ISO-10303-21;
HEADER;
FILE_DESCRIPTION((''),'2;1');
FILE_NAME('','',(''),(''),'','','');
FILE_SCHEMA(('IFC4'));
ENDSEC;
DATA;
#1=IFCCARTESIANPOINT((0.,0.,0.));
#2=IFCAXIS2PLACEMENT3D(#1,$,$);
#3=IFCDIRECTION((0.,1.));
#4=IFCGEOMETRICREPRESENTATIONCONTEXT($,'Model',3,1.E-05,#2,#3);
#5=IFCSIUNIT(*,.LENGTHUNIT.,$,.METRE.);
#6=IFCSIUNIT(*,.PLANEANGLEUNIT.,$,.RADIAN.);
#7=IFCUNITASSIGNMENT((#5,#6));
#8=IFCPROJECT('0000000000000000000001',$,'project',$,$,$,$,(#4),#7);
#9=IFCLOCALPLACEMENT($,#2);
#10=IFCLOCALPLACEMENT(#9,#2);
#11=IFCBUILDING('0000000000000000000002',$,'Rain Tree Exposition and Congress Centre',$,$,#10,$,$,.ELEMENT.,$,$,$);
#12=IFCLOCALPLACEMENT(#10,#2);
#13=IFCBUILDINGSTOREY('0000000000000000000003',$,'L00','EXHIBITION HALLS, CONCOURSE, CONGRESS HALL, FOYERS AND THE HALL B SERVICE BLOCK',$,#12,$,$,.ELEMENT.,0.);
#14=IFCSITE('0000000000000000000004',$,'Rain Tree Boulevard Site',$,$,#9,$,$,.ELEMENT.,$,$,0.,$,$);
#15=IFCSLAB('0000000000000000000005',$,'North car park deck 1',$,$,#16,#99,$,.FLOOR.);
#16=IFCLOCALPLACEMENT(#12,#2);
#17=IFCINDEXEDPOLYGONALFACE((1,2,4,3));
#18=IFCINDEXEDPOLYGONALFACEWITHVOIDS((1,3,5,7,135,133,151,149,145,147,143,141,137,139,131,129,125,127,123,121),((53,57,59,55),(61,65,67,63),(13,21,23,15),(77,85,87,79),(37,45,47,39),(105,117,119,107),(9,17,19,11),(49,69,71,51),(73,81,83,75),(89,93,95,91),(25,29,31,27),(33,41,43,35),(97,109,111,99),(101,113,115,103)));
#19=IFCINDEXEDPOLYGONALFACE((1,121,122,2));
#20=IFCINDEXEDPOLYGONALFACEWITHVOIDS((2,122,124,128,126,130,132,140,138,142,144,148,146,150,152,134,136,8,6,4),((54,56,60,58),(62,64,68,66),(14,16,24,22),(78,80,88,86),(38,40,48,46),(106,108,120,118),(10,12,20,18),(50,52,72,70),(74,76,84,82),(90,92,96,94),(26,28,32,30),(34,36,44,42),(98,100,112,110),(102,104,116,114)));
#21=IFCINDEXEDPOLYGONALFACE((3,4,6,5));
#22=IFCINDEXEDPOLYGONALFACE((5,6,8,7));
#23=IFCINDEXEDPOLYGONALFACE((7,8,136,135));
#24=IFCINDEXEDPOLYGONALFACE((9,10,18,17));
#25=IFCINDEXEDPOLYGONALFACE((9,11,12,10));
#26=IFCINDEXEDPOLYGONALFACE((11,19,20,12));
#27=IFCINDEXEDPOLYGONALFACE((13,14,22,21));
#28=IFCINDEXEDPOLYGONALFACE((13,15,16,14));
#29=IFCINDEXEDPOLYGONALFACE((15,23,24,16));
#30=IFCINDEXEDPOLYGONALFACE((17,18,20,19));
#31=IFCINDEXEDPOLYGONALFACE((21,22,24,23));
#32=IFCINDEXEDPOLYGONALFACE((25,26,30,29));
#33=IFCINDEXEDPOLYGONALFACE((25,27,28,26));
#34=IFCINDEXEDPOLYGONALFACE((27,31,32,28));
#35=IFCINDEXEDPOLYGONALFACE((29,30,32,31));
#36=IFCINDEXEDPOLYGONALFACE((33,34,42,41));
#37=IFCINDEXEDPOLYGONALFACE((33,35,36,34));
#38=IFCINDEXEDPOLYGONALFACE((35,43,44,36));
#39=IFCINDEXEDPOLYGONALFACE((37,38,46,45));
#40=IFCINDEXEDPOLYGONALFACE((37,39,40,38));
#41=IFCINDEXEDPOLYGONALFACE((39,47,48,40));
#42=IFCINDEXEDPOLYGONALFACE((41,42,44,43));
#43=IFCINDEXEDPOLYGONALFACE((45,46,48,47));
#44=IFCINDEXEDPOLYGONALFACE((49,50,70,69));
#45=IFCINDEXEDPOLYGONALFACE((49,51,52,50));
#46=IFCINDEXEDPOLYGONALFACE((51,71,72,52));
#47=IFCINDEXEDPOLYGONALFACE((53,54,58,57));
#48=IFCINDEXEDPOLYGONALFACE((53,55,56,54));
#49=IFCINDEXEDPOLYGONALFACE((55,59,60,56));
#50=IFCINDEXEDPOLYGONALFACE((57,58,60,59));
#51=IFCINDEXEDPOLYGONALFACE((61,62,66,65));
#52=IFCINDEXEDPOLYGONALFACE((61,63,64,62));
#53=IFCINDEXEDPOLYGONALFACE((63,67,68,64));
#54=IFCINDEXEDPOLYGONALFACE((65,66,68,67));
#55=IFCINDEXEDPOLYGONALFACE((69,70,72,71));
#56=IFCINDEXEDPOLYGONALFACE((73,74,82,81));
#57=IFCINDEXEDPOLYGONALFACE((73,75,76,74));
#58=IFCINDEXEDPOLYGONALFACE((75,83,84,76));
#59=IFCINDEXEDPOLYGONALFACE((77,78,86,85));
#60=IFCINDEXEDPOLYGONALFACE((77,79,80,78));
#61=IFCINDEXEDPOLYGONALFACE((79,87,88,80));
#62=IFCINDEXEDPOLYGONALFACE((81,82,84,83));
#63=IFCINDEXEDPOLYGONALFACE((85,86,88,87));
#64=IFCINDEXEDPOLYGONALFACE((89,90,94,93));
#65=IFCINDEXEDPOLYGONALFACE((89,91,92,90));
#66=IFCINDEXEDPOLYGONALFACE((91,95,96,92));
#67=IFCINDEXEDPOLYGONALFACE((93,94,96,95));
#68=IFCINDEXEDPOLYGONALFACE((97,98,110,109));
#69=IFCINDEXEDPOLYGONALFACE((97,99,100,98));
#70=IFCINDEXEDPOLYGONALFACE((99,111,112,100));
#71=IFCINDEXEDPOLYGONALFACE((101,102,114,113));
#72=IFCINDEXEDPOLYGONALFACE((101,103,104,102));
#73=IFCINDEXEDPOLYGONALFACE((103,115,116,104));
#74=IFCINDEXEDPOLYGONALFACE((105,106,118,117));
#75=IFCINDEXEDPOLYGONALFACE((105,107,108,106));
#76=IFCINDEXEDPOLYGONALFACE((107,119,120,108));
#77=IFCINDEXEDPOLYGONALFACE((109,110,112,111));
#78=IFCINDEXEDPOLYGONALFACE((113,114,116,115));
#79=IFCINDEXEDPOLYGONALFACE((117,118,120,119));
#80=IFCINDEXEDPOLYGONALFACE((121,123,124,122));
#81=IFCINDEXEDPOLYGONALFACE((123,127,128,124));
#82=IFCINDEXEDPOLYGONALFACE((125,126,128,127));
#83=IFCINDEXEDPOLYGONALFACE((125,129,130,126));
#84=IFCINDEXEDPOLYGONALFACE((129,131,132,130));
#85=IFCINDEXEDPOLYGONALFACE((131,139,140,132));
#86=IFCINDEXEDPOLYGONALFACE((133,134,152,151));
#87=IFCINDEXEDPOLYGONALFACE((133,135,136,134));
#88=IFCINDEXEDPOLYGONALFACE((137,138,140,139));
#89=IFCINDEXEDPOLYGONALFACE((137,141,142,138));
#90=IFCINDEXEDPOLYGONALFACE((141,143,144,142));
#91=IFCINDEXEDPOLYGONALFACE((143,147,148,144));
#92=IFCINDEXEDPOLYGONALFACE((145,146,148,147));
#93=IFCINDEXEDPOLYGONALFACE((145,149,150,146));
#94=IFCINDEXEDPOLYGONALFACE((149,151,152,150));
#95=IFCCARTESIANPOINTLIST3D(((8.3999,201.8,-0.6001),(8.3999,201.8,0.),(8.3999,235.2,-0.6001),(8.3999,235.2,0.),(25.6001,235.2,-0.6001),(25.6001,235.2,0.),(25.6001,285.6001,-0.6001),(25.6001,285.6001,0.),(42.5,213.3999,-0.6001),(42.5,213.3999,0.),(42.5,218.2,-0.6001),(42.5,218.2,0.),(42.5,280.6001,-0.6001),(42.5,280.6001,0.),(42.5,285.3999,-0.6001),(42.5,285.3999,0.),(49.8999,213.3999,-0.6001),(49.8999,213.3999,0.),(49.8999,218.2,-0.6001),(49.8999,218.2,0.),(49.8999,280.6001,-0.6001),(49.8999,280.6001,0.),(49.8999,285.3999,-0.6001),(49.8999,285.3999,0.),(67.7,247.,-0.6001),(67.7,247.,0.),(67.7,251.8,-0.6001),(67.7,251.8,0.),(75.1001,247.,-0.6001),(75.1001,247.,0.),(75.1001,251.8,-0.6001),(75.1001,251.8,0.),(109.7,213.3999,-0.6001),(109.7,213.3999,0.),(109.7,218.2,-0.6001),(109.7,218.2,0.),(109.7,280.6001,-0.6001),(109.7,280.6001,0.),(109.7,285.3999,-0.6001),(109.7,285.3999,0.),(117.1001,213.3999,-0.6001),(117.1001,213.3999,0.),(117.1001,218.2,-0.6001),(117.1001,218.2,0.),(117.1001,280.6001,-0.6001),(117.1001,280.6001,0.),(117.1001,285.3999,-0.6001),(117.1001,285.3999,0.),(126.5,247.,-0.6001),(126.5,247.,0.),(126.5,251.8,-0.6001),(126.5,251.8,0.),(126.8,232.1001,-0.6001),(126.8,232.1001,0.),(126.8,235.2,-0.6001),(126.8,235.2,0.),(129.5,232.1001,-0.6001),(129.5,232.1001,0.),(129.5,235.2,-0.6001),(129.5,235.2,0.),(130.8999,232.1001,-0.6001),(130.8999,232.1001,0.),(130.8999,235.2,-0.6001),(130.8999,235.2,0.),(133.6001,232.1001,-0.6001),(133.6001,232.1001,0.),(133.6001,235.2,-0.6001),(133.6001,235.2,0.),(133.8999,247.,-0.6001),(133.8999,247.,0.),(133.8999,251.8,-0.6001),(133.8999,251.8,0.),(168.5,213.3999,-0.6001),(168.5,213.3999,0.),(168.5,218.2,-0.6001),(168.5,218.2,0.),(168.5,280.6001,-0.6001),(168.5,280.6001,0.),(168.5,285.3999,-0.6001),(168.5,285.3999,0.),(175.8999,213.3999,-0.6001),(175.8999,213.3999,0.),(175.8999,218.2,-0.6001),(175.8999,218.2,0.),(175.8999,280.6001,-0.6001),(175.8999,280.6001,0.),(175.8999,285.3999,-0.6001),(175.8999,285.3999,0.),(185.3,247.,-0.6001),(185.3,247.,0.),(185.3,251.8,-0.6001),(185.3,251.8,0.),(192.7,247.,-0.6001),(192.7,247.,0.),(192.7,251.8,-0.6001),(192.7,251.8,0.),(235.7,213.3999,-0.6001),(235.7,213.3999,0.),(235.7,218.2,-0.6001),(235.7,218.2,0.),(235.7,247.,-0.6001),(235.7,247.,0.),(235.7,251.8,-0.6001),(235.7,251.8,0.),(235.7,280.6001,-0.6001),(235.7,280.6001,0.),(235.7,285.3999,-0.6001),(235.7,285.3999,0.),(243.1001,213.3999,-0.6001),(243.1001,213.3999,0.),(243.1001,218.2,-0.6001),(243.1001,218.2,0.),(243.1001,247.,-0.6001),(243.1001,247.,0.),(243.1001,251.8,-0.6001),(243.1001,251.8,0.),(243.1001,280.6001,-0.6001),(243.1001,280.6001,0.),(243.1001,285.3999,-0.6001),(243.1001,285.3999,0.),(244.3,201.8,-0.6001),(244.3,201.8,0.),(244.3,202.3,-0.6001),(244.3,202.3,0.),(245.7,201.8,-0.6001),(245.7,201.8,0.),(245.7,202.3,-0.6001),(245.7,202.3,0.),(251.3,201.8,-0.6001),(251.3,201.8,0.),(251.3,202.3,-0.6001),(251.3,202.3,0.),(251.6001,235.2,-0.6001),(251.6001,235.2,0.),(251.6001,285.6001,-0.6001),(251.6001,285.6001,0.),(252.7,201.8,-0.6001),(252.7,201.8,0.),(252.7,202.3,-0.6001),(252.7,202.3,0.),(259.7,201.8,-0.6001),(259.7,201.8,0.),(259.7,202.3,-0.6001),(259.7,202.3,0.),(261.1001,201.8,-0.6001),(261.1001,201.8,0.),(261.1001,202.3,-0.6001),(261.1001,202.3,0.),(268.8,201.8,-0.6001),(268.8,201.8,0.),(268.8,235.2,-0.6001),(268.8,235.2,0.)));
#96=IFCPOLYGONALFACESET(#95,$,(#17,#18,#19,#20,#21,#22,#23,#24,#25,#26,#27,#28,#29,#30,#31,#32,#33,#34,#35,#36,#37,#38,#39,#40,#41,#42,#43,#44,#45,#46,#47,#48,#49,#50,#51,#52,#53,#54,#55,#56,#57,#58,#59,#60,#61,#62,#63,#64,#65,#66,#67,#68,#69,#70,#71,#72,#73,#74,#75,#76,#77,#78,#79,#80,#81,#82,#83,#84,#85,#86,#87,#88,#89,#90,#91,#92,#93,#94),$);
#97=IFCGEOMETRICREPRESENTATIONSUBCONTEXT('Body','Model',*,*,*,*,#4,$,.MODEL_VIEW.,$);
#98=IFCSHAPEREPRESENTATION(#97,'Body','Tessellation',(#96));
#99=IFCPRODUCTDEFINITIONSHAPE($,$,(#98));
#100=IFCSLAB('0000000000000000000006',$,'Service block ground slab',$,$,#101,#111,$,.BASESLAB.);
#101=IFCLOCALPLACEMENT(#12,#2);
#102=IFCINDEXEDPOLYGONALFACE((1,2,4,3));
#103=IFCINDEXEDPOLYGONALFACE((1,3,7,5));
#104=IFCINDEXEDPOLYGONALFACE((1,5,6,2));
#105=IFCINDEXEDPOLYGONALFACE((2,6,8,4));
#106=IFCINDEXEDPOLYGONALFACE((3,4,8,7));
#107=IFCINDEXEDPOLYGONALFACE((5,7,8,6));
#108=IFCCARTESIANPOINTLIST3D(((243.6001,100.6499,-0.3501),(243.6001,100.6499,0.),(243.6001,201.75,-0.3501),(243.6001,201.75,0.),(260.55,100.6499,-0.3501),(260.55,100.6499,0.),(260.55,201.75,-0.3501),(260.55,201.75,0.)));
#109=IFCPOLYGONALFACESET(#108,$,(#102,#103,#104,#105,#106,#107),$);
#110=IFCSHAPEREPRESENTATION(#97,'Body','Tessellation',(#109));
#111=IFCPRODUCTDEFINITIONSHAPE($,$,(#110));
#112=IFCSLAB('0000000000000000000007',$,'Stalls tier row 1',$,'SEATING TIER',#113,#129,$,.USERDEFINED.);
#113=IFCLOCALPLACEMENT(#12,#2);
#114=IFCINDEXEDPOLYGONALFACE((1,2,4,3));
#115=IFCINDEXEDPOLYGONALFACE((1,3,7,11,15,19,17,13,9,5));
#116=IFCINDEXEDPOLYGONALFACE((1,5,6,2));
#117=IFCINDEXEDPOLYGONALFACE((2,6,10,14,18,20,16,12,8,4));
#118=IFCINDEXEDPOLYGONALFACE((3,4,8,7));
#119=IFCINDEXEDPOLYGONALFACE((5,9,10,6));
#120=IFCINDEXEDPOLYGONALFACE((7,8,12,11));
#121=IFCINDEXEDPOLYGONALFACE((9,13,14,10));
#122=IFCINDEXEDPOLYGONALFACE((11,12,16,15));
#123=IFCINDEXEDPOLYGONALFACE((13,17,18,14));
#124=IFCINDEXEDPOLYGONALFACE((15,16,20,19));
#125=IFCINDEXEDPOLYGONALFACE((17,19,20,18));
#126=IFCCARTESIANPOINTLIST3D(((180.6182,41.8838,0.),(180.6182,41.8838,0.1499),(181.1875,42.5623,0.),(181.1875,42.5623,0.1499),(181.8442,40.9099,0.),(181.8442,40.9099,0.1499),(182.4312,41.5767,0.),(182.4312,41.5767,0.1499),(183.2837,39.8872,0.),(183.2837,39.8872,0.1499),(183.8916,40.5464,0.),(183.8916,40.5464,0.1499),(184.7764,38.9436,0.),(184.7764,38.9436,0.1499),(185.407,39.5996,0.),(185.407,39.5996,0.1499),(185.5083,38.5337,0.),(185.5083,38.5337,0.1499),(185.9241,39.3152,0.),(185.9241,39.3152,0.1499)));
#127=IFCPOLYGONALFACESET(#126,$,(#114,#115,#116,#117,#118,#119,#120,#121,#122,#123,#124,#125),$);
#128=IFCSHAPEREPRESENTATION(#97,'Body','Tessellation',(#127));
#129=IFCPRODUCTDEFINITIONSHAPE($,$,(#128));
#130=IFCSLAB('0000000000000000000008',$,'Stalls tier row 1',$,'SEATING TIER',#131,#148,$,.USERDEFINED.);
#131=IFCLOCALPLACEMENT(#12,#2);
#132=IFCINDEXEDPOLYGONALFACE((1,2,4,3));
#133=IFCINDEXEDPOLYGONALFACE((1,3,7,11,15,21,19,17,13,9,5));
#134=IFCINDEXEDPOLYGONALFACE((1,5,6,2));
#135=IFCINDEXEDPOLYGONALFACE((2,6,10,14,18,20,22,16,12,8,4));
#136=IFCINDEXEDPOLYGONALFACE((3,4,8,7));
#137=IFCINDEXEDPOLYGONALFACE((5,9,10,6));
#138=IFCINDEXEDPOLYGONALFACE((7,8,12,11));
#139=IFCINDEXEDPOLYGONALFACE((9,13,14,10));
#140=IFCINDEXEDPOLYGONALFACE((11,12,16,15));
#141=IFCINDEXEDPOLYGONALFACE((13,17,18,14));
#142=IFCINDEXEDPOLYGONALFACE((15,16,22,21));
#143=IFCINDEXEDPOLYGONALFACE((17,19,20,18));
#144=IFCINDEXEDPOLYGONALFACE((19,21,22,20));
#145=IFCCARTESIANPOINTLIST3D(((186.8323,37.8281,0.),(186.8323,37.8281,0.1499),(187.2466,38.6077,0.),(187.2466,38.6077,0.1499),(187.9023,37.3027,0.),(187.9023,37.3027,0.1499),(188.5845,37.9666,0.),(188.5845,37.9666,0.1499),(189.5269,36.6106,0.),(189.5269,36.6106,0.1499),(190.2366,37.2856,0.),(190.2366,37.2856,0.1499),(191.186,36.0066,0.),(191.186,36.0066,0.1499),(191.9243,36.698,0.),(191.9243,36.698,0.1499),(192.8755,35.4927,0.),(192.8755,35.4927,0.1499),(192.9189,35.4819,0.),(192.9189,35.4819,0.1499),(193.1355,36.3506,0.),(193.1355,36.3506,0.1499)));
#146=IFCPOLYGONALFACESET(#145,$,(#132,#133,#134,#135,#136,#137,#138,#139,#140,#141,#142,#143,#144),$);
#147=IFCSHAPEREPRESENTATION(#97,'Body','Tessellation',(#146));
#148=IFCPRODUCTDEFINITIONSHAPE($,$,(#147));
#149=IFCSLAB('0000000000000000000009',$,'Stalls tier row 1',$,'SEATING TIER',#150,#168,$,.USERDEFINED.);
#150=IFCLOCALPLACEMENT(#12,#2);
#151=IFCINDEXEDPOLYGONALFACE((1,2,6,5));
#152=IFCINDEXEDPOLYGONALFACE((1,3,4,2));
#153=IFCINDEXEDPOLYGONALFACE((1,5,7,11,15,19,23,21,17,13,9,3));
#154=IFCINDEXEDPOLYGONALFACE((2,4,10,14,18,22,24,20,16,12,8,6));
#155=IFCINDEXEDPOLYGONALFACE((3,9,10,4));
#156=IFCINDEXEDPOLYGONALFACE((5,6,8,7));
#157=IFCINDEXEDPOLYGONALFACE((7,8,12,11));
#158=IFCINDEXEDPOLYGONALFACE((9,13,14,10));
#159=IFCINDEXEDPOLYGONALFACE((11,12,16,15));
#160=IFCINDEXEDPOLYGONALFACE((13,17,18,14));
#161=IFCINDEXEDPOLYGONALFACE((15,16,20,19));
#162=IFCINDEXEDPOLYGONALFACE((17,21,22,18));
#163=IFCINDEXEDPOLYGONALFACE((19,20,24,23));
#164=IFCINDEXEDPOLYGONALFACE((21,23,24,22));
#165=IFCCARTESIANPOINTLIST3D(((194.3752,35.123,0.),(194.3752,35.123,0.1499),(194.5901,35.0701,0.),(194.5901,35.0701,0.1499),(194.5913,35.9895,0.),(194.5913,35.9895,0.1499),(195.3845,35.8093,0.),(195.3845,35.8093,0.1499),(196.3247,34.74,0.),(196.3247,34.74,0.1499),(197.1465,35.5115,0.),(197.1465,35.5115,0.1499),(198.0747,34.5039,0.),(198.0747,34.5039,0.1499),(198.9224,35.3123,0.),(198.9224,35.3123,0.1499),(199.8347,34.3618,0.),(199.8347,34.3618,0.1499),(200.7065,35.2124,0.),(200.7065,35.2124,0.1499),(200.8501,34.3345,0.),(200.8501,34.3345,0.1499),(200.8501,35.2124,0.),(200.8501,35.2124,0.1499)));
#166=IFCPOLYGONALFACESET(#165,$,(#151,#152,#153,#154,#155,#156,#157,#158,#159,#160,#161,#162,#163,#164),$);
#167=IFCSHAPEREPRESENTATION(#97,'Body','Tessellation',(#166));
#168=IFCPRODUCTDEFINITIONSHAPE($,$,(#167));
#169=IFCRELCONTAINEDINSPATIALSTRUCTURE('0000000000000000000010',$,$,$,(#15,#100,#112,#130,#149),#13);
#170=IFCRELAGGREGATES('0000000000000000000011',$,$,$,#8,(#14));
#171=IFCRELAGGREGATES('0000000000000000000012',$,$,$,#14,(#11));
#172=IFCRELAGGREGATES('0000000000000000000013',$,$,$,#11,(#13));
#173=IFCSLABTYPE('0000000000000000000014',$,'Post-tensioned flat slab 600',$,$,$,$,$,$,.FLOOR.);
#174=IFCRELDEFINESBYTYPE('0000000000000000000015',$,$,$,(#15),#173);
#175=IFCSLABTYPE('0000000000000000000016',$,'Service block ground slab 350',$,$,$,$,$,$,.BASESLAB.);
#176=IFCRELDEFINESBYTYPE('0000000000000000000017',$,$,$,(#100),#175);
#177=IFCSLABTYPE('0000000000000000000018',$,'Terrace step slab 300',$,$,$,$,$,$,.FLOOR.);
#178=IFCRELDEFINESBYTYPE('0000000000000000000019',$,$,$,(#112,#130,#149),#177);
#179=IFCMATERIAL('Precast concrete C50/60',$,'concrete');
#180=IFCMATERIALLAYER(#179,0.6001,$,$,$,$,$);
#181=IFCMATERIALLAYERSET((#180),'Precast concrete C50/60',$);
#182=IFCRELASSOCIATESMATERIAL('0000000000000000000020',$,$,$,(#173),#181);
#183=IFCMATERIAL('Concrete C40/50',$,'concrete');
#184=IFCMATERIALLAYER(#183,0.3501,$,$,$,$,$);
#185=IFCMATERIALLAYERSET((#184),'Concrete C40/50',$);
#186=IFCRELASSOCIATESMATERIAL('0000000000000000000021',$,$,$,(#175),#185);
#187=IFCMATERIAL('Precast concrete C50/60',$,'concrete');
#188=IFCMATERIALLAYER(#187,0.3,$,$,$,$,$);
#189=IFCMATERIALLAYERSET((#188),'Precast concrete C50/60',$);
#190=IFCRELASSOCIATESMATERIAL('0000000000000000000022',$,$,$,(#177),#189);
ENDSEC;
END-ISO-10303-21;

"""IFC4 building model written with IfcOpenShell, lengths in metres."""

from ifc_helpers import new_model, si_unit, direction, frame, origin, place, context, subcontext, project, spatial, polyline, outline, extrude, material, layer, layer_set, type_object, element, save


model = new_model("IFC4")

# Units and contexts
model_context = context("Model", 3, precision=1e-05, world=origin(), true_north=direction((0.0, 1.0)))
body_context = subcontext(model_context, "Body", "Model", "MODEL_VIEW")
ifc_project = project(units=[si_unit("LENGTHUNIT", "METRE"), si_unit("PLANEANGLEUNIT", "RADIAN")], contexts=[model_context])

# Site, building, storey
site_placement = place(None, origin())
site = spatial("IfcSite", under=ifc_project, at=site_placement, Name="Rain Tree Boulevard Site", CompositionType="ELEMENT", RefElevation=0.0)
building_placement = place(site_placement, origin())
building = spatial("IfcBuilding", under=site, at=building_placement, Name="Rain Tree Exposition and Congress Centre", CompositionType="ELEMENT")
storey_placement = place(building_placement, origin())
storey = spatial("IfcBuildingStorey", under=building, at=storey_placement, Name="L00", Description="EXHIBITION HALLS, CONCOURSE, CONGRESS HALL, FOYERS AND THE HALL B SERVICE BLOCK", CompositionType="ELEMENT", Elevation=0.0)

# Slabs
ifc_material_1 = material(Name="Precast concrete C50/60", Category="concrete")
ifc_layer_1 = layer(ifc_material_1, 0.6001)
ifc_layer_set_1 = layer_set([ifc_layer_1], Name="Precast concrete C50/60")
slab_type_1 = type_object("IfcSlabType", Name="Post-tensioned flat slab 600", PredefinedType="FLOOR", material=ifc_layer_set_1)
slab_1_placement = place(storey_placement, frame((0.0, 0.0, -0.6001)))
element("IfcSlab", 1, at=slab_1_placement, inside=storey, type_object=slab_type_1, Name="North car park deck 1", PredefinedType="FLOOR", context=body_context, shape_type="SweptSolid", body=[
    extrude(outline(polyline([(8.3999, 201.8), (244.3, 201.8), (244.3, 202.3), (245.7, 202.3), (245.7, 201.8), (251.3, 201.8), (251.3, 202.3), (252.7, 202.3), (252.7, 201.8), (259.7, 201.8), (259.7, 202.3), (261.1001, 202.3), (261.1001, 201.8), (268.8, 201.8), (268.8, 235.2), (251.6001, 235.2), (251.6001, 285.6001), (25.6001, 285.6001), (25.6001, 235.2), (8.3999, 235.2), (8.3999, 201.8)]), holes=[polyline([(42.5, 213.3999), (49.8999, 213.3999), (49.8999, 218.2), (42.5, 218.2), (42.5, 213.3999)]), polyline([(109.7, 218.2), (109.7, 213.3999), (117.1001, 213.3999), (117.1001, 218.2), (109.7, 218.2)]), polyline([(126.8, 235.2), (126.8, 232.1001), (129.5, 232.1001), (129.5, 235.2), (126.8, 235.2)]), polyline([(67.7, 251.8), (67.7, 247.0), (75.1001, 247.0), (75.1001, 251.8), (67.7, 251.8)]), polyline([(126.5, 251.8), (126.5, 247.0), (133.8999, 247.0), (133.8999, 251.8), (126.5, 251.8)]), polyline([(42.5, 285.3999), (42.5, 280.6001), (49.8999, 280.6001), (49.8999, 285.3999), (42.5, 285.3999)]), polyline([(109.7, 285.3999), (109.7, 280.6001), (117.1001, 280.6001), (117.1001, 285.3999), (109.7, 285.3999)]), polyline([(168.5, 213.3999), (175.8999, 213.3999), (175.8999, 218.2), (168.5, 218.2), (168.5, 213.3999)]), polyline([(235.7, 218.2), (235.7, 213.3999), (243.1001, 213.3999), (243.1001, 218.2), (235.7, 218.2)]), polyline([(130.8999, 235.2), (130.8999, 232.1001), (133.6001, 232.1001), (133.6001, 235.2), (130.8999, 235.2)]), polyline([(185.3, 251.8), (185.3, 247.0), (192.7, 247.0), (192.7, 251.8), (185.3, 251.8)]), polyline([(235.7, 251.8), (235.7, 247.0), (243.1001, 247.0), (243.1001, 251.8), (235.7, 251.8)]), polyline([(168.5, 285.3999), (168.5, 280.6001), (175.8999, 280.6001), (175.8999, 285.3999), (168.5, 285.3999)]), polyline([(235.7, 285.3999), (235.7, 280.6001), (243.1001, 280.6001), (243.1001, 285.3999), (235.7, 285.3999)])]), origin(), (0.0, 0.0, 1.0), 0.6001),
])
ifc_material_2 = material(Name="Concrete C40/50", Category="concrete")
ifc_layer_2 = layer(ifc_material_2, 0.3501)
ifc_layer_set_2 = layer_set([ifc_layer_2], Name="Concrete C40/50")
slab_type_2 = type_object("IfcSlabType", Name="Service block ground slab 350", PredefinedType="BASESLAB", material=ifc_layer_set_2)
slab_2_placement = place(storey_placement, frame((0.0, 0.0, -0.3501)))
element("IfcSlab", 2, at=slab_2_placement, inside=storey, type_object=slab_type_2, Name="Service block ground slab", PredefinedType="BASESLAB", context=body_context, shape_type="SweptSolid", body=[
    extrude(outline(polyline([(260.55, 100.6499), (260.55, 201.75), (243.6001, 201.75), (243.6001, 100.6499), (260.55, 100.6499)])), origin(), (0.0, 0.0, 1.0), 0.3501),
])
ifc_material_3 = material(Name="Precast concrete C50/60", Category="concrete")
ifc_layer_3 = layer(ifc_material_3, 0.3)
ifc_layer_set_3 = layer_set([ifc_layer_3], Name="Precast concrete C50/60")
slab_type_3 = type_object("IfcSlabType", Name="Terrace step slab 300", PredefinedType="FLOOR", material=ifc_layer_set_3)
slab_3_placement = place(storey_placement, origin())
element("IfcSlab", 3, at=slab_3_placement, inside=storey, type_object=slab_type_3, Name="Stalls tier row 1", ObjectType="SEATING TIER", PredefinedType="USERDEFINED", context=body_context, shape_type="SweptSolid", body=[
    extrude(outline(polyline([(184.7764, 38.9436), (185.5083, 38.5337), (185.9241, 39.3152), (185.407, 39.5996), (183.8916, 40.5464), (182.4312, 41.5767), (181.1875, 42.5623), (180.6182, 41.8838), (181.8442, 40.9099), (183.2837, 39.8872), (184.7764, 38.9436)])), origin(), (0.0, 0.0, 1.0), 0.1499),
])
slab_4_placement = place(storey_placement, origin())
element("IfcSlab", 4, at=slab_4_placement, inside=storey, type_object=slab_type_3, Name="Stalls tier row 1", ObjectType="SEATING TIER", PredefinedType="USERDEFINED", context=body_context, shape_type="SweptSolid", body=[
    extrude(outline(polyline([(192.8755, 35.4927), (192.9189, 35.4819), (193.1355, 36.3506), (191.9243, 36.698), (190.2366, 37.2856), (188.5845, 37.9666), (187.2466, 38.6077), (186.8323, 37.8281), (187.9023, 37.3027), (189.5269, 36.6106), (191.186, 36.0066), (192.8755, 35.4927)])), origin(), (0.0, 0.0, 1.0), 0.1499),
])
slab_5_placement = place(storey_placement, origin())
element("IfcSlab", 5, at=slab_5_placement, inside=storey, type_object=slab_type_3, Name="Stalls tier row 1", ObjectType="SEATING TIER", PredefinedType="USERDEFINED", context=body_context, shape_type="SweptSolid", body=[
    extrude(outline(polyline([(199.8347, 34.3618), (200.8501, 34.3345), (200.8501, 35.2124), (200.7065, 35.2124), (198.9224, 35.3123), (197.1465, 35.5115), (195.3845, 35.8093), (194.5913, 35.9895), (194.3752, 35.123), (194.5901, 35.0701), (196.3247, 34.74), (198.0747, 34.5039), (199.8347, 34.3618)])), origin(), (0.0, 0.0, 1.0), 0.1499),
])

save(model, "model.ifc")
